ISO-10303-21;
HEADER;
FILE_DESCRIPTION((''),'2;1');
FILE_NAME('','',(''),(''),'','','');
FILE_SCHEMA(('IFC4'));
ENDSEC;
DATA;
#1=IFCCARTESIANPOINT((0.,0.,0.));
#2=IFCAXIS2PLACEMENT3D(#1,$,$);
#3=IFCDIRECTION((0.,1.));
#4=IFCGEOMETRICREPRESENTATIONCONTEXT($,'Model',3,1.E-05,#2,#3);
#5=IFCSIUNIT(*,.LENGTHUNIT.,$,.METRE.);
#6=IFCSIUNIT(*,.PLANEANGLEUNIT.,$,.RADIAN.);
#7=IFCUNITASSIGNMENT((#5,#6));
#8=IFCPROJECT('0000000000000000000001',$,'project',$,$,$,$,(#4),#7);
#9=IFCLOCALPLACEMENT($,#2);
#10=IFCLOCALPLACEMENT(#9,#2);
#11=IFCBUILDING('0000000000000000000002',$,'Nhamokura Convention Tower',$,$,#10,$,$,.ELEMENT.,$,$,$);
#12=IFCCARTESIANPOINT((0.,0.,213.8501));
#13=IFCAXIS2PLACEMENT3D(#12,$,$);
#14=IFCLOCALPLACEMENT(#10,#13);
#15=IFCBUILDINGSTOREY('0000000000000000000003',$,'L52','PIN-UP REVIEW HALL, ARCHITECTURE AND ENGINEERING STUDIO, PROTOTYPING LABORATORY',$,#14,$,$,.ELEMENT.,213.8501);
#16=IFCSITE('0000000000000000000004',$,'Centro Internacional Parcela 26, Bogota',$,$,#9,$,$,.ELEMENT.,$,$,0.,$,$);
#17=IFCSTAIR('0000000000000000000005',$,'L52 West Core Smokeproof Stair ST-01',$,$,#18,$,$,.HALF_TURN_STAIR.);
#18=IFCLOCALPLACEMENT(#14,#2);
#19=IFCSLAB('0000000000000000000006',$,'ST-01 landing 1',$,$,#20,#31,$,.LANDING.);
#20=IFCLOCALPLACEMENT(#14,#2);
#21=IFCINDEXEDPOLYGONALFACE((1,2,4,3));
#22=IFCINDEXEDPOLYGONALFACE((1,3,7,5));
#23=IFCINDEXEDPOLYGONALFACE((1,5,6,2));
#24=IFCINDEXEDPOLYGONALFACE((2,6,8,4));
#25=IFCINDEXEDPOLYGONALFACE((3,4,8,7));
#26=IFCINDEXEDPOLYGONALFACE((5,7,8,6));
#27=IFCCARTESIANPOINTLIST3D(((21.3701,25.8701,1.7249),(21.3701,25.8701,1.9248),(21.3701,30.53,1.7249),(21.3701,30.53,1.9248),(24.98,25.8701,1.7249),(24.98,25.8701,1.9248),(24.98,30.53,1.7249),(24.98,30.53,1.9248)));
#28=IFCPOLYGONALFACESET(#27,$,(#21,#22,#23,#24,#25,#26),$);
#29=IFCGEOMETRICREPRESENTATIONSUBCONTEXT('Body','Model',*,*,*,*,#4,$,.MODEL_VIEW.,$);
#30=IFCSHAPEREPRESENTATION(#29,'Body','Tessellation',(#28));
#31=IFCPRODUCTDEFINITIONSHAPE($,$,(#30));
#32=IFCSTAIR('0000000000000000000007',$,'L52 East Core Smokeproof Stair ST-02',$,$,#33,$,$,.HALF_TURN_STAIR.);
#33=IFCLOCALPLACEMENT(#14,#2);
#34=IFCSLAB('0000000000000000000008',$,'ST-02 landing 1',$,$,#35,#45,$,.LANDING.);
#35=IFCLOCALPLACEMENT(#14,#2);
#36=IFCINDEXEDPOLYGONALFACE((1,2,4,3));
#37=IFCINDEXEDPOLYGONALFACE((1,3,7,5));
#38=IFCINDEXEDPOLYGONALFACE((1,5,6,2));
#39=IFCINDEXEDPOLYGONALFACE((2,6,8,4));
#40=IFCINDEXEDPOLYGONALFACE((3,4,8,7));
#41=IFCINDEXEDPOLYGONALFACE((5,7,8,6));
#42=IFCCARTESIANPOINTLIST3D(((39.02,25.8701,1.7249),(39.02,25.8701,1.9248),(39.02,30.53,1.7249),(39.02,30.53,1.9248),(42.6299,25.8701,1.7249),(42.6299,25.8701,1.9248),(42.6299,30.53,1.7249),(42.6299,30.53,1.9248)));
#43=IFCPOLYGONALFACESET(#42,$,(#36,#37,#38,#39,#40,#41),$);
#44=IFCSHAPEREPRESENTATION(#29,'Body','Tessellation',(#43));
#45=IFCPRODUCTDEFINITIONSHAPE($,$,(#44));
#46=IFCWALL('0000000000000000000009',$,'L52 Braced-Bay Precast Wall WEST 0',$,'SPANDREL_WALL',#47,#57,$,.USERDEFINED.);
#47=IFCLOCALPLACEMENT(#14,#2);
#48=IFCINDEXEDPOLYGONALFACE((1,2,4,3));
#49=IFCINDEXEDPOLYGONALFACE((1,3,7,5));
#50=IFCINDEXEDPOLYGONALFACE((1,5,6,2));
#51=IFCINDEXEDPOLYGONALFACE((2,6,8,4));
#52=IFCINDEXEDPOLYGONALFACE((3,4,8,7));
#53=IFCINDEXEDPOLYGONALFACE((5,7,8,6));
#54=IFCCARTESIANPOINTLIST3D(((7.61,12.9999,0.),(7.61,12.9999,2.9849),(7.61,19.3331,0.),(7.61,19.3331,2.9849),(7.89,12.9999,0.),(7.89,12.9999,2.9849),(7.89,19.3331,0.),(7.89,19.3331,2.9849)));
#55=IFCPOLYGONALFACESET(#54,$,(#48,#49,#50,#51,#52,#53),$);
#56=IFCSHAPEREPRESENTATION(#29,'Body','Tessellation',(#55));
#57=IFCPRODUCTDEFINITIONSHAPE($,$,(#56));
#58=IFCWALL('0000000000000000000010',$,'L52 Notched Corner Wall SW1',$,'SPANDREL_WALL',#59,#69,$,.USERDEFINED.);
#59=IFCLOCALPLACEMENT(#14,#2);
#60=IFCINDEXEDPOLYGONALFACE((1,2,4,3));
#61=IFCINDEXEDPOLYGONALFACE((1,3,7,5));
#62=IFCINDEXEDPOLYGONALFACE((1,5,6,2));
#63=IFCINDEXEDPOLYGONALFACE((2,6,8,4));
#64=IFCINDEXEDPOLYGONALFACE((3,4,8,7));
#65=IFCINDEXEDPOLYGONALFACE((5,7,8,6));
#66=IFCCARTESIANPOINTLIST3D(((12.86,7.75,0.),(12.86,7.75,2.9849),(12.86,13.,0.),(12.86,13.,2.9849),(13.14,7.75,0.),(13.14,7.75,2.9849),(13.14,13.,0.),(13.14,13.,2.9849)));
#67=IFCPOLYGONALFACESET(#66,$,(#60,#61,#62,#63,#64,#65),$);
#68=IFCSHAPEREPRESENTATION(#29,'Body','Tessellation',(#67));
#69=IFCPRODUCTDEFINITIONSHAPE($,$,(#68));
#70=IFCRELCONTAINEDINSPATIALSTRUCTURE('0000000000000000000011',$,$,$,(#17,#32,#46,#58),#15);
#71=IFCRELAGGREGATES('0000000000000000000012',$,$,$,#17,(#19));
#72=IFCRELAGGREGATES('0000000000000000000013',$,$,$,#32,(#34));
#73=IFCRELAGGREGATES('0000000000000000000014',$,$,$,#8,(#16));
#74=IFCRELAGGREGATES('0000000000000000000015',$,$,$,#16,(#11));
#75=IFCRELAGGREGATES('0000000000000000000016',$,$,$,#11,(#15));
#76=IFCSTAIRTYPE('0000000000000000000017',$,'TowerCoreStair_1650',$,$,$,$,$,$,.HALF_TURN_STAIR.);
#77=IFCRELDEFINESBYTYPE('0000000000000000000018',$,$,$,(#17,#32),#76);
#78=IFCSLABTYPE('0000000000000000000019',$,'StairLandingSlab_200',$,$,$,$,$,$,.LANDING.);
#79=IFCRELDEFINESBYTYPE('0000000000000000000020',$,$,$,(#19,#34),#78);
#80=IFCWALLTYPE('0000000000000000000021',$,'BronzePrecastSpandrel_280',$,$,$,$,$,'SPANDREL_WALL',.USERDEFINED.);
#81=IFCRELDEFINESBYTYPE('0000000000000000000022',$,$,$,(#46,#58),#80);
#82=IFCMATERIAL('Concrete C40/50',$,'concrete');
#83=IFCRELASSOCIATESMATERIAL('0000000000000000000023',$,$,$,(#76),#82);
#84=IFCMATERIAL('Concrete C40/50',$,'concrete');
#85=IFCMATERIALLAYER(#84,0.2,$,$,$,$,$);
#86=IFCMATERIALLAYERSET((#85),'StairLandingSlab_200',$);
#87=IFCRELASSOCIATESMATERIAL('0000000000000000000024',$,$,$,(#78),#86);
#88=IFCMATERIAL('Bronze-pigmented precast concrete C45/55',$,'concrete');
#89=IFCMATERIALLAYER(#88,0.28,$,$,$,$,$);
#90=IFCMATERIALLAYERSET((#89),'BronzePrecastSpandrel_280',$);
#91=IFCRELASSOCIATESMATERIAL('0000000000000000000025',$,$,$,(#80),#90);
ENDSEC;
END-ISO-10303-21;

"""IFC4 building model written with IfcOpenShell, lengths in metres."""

from ifc_helpers import new_model, si_unit, direction, frame, frame_2d, origin, place, context, subcontext, project, spatial, polyline, rectangle, outline, extrude, material, layer, layer_set, type_object, element, aggregate, save


model = new_model("IFC4")

# Units and contexts
model_context = context("Model", 3, precision=1e-05, world=origin(), true_north=direction((0.0, 1.0)))
body_context = subcontext(model_context, "Body", "Model", "MODEL_VIEW")
ifc_project = project(units=[si_unit("LENGTHUNIT", "METRE"), si_unit("PLANEANGLEUNIT", "RADIAN")], contexts=[model_context])

# Site, building, storey
site_placement = place(None, origin())
site = spatial("IfcSite", under=ifc_project, at=site_placement, Name="Centro Internacional Parcela 26, Bogota", CompositionType="ELEMENT", RefElevation=0.0)
building_placement = place(site_placement, origin())
building = spatial("IfcBuilding", under=site, at=building_placement, Name="Nhamokura Convention Tower", CompositionType="ELEMENT")
storey_placement = place(building_placement, frame((0.0, 0.0, 213.8501)))
storey = spatial("IfcBuildingStorey", under=building, at=storey_placement, Name="L52", Description="PIN-UP REVIEW HALL, ARCHITECTURE AND ENGINEERING STUDIO, PROTOTYPING LABORATORY", CompositionType="ELEMENT", Elevation=213.8501)

# Stairs, slabs
ifc_material_1 = material(Name="Concrete C40/50", Category="concrete")
stair_type = type_object("IfcStairType", Name="TowerCoreStair_1650", PredefinedType="HALF_TURN_STAIR", material=ifc_material_1)
stair_1_placement = place(storey_placement, origin())
stair_1 = element("IfcStair", 1, at=stair_1_placement, inside=storey, type_object=stair_type, Name="L52 West Core Smokeproof Stair ST-01", PredefinedType="HALF_TURN_STAIR")
ifc_material_2 = material(Name="Concrete C40/50", Category="concrete")
ifc_layer_1 = layer(ifc_material_2, 0.2)
ifc_layer_set_1 = layer_set([ifc_layer_1], Name="StairLandingSlab_200")
slab_type_1 = type_object("IfcSlabType", Name="StairLandingSlab_200", PredefinedType="LANDING", material=ifc_layer_set_1)
slab_1_placement = place(storey_placement, frame((0.0, 0.0, 1.7249)))
slab_1 = element("IfcSlab", 2, at=slab_1_placement, type_object=slab_type_1, Name="ST-01 landing 1", PredefinedType="LANDING", context=body_context, shape_type="SweptSolid", body=[
    extrude(outline(polyline([(24.98, 25.8701), (24.98, 30.53), (21.3701, 30.53), (21.3701, 25.8701), (24.98, 25.8701)])), origin(), (0.0, 0.0, 1.0), 0.2),
])
aggregate(stair_1, [slab_1])
stair_2_placement = place(storey_placement, origin())
stair_2 = element("IfcStair", 3, at=stair_2_placement, inside=storey, type_object=stair_type, Name="L52 East Core Smokeproof Stair ST-02", PredefinedType="HALF_TURN_STAIR")
slab_2_placement = place(storey_placement, frame((0.0, 0.0, 1.7249)))
slab_2 = element("IfcSlab", 4, at=slab_2_placement, type_object=slab_type_1, Name="ST-02 landing 1", PredefinedType="LANDING", context=body_context, shape_type="SweptSolid", body=[
    extrude(outline(polyline([(42.6299, 25.8701), (42.6299, 30.53), (39.02, 30.53), (39.02, 25.8701), (42.6299, 25.8701)])), origin(), (0.0, 0.0, 1.0), 0.2),
])
aggregate(stair_2, [slab_2])

# Walls
ifc_material_3 = material(Name="Bronze-pigmented precast concrete C45/55", Category="concrete")
ifc_layer_2 = layer(ifc_material_3, 0.28)
ifc_layer_set_2 = layer_set([ifc_layer_2], Name="BronzePrecastSpandrel_280")
wall_type = type_object("IfcWallType", Name="BronzePrecastSpandrel_280", ElementType="SPANDREL_WALL", PredefinedType="USERDEFINED", material=ifc_layer_set_2)
wall_1_placement = place(storey_placement, frame((7.75, 13.0, 0.0), z_axis=(0.0, 0.0, 1.0), x_axis=(0.0, 1.0, 0.0)))
element("IfcWall", 5, at=wall_1_placement, inside=storey, type_object=wall_type, Name="L52 Braced-Bay Precast Wall WEST 0", ObjectType="SPANDREL_WALL", PredefinedType="USERDEFINED", context=body_context, shape_type="SweptSolid", body=[
    extrude(rectangle(XDim=6.3333, YDim=0.28, at=frame_2d((3.1665, 0.0))), origin(), (0.0, 0.0, 1.0), 2.9849),
])
wall_2_placement = place(storey_placement, frame((13.0, 7.75, 0.0), z_axis=(0.0, 0.0, 1.0), x_axis=(0.0, 1.0, 0.0)))
element("IfcWall", 6, at=wall_2_placement, inside=storey, type_object=wall_type, Name="L52 Notched Corner Wall SW1", ObjectType="SPANDREL_WALL", PredefinedType="USERDEFINED", context=body_context, shape_type="SweptSolid", body=[
    extrude(rectangle(XDim=5.25, YDim=0.28, at=frame_2d((2.625, 0.0))), origin(), (0.0, 0.0, 1.0), 2.9849),
])

save(model, "model.ifc")
